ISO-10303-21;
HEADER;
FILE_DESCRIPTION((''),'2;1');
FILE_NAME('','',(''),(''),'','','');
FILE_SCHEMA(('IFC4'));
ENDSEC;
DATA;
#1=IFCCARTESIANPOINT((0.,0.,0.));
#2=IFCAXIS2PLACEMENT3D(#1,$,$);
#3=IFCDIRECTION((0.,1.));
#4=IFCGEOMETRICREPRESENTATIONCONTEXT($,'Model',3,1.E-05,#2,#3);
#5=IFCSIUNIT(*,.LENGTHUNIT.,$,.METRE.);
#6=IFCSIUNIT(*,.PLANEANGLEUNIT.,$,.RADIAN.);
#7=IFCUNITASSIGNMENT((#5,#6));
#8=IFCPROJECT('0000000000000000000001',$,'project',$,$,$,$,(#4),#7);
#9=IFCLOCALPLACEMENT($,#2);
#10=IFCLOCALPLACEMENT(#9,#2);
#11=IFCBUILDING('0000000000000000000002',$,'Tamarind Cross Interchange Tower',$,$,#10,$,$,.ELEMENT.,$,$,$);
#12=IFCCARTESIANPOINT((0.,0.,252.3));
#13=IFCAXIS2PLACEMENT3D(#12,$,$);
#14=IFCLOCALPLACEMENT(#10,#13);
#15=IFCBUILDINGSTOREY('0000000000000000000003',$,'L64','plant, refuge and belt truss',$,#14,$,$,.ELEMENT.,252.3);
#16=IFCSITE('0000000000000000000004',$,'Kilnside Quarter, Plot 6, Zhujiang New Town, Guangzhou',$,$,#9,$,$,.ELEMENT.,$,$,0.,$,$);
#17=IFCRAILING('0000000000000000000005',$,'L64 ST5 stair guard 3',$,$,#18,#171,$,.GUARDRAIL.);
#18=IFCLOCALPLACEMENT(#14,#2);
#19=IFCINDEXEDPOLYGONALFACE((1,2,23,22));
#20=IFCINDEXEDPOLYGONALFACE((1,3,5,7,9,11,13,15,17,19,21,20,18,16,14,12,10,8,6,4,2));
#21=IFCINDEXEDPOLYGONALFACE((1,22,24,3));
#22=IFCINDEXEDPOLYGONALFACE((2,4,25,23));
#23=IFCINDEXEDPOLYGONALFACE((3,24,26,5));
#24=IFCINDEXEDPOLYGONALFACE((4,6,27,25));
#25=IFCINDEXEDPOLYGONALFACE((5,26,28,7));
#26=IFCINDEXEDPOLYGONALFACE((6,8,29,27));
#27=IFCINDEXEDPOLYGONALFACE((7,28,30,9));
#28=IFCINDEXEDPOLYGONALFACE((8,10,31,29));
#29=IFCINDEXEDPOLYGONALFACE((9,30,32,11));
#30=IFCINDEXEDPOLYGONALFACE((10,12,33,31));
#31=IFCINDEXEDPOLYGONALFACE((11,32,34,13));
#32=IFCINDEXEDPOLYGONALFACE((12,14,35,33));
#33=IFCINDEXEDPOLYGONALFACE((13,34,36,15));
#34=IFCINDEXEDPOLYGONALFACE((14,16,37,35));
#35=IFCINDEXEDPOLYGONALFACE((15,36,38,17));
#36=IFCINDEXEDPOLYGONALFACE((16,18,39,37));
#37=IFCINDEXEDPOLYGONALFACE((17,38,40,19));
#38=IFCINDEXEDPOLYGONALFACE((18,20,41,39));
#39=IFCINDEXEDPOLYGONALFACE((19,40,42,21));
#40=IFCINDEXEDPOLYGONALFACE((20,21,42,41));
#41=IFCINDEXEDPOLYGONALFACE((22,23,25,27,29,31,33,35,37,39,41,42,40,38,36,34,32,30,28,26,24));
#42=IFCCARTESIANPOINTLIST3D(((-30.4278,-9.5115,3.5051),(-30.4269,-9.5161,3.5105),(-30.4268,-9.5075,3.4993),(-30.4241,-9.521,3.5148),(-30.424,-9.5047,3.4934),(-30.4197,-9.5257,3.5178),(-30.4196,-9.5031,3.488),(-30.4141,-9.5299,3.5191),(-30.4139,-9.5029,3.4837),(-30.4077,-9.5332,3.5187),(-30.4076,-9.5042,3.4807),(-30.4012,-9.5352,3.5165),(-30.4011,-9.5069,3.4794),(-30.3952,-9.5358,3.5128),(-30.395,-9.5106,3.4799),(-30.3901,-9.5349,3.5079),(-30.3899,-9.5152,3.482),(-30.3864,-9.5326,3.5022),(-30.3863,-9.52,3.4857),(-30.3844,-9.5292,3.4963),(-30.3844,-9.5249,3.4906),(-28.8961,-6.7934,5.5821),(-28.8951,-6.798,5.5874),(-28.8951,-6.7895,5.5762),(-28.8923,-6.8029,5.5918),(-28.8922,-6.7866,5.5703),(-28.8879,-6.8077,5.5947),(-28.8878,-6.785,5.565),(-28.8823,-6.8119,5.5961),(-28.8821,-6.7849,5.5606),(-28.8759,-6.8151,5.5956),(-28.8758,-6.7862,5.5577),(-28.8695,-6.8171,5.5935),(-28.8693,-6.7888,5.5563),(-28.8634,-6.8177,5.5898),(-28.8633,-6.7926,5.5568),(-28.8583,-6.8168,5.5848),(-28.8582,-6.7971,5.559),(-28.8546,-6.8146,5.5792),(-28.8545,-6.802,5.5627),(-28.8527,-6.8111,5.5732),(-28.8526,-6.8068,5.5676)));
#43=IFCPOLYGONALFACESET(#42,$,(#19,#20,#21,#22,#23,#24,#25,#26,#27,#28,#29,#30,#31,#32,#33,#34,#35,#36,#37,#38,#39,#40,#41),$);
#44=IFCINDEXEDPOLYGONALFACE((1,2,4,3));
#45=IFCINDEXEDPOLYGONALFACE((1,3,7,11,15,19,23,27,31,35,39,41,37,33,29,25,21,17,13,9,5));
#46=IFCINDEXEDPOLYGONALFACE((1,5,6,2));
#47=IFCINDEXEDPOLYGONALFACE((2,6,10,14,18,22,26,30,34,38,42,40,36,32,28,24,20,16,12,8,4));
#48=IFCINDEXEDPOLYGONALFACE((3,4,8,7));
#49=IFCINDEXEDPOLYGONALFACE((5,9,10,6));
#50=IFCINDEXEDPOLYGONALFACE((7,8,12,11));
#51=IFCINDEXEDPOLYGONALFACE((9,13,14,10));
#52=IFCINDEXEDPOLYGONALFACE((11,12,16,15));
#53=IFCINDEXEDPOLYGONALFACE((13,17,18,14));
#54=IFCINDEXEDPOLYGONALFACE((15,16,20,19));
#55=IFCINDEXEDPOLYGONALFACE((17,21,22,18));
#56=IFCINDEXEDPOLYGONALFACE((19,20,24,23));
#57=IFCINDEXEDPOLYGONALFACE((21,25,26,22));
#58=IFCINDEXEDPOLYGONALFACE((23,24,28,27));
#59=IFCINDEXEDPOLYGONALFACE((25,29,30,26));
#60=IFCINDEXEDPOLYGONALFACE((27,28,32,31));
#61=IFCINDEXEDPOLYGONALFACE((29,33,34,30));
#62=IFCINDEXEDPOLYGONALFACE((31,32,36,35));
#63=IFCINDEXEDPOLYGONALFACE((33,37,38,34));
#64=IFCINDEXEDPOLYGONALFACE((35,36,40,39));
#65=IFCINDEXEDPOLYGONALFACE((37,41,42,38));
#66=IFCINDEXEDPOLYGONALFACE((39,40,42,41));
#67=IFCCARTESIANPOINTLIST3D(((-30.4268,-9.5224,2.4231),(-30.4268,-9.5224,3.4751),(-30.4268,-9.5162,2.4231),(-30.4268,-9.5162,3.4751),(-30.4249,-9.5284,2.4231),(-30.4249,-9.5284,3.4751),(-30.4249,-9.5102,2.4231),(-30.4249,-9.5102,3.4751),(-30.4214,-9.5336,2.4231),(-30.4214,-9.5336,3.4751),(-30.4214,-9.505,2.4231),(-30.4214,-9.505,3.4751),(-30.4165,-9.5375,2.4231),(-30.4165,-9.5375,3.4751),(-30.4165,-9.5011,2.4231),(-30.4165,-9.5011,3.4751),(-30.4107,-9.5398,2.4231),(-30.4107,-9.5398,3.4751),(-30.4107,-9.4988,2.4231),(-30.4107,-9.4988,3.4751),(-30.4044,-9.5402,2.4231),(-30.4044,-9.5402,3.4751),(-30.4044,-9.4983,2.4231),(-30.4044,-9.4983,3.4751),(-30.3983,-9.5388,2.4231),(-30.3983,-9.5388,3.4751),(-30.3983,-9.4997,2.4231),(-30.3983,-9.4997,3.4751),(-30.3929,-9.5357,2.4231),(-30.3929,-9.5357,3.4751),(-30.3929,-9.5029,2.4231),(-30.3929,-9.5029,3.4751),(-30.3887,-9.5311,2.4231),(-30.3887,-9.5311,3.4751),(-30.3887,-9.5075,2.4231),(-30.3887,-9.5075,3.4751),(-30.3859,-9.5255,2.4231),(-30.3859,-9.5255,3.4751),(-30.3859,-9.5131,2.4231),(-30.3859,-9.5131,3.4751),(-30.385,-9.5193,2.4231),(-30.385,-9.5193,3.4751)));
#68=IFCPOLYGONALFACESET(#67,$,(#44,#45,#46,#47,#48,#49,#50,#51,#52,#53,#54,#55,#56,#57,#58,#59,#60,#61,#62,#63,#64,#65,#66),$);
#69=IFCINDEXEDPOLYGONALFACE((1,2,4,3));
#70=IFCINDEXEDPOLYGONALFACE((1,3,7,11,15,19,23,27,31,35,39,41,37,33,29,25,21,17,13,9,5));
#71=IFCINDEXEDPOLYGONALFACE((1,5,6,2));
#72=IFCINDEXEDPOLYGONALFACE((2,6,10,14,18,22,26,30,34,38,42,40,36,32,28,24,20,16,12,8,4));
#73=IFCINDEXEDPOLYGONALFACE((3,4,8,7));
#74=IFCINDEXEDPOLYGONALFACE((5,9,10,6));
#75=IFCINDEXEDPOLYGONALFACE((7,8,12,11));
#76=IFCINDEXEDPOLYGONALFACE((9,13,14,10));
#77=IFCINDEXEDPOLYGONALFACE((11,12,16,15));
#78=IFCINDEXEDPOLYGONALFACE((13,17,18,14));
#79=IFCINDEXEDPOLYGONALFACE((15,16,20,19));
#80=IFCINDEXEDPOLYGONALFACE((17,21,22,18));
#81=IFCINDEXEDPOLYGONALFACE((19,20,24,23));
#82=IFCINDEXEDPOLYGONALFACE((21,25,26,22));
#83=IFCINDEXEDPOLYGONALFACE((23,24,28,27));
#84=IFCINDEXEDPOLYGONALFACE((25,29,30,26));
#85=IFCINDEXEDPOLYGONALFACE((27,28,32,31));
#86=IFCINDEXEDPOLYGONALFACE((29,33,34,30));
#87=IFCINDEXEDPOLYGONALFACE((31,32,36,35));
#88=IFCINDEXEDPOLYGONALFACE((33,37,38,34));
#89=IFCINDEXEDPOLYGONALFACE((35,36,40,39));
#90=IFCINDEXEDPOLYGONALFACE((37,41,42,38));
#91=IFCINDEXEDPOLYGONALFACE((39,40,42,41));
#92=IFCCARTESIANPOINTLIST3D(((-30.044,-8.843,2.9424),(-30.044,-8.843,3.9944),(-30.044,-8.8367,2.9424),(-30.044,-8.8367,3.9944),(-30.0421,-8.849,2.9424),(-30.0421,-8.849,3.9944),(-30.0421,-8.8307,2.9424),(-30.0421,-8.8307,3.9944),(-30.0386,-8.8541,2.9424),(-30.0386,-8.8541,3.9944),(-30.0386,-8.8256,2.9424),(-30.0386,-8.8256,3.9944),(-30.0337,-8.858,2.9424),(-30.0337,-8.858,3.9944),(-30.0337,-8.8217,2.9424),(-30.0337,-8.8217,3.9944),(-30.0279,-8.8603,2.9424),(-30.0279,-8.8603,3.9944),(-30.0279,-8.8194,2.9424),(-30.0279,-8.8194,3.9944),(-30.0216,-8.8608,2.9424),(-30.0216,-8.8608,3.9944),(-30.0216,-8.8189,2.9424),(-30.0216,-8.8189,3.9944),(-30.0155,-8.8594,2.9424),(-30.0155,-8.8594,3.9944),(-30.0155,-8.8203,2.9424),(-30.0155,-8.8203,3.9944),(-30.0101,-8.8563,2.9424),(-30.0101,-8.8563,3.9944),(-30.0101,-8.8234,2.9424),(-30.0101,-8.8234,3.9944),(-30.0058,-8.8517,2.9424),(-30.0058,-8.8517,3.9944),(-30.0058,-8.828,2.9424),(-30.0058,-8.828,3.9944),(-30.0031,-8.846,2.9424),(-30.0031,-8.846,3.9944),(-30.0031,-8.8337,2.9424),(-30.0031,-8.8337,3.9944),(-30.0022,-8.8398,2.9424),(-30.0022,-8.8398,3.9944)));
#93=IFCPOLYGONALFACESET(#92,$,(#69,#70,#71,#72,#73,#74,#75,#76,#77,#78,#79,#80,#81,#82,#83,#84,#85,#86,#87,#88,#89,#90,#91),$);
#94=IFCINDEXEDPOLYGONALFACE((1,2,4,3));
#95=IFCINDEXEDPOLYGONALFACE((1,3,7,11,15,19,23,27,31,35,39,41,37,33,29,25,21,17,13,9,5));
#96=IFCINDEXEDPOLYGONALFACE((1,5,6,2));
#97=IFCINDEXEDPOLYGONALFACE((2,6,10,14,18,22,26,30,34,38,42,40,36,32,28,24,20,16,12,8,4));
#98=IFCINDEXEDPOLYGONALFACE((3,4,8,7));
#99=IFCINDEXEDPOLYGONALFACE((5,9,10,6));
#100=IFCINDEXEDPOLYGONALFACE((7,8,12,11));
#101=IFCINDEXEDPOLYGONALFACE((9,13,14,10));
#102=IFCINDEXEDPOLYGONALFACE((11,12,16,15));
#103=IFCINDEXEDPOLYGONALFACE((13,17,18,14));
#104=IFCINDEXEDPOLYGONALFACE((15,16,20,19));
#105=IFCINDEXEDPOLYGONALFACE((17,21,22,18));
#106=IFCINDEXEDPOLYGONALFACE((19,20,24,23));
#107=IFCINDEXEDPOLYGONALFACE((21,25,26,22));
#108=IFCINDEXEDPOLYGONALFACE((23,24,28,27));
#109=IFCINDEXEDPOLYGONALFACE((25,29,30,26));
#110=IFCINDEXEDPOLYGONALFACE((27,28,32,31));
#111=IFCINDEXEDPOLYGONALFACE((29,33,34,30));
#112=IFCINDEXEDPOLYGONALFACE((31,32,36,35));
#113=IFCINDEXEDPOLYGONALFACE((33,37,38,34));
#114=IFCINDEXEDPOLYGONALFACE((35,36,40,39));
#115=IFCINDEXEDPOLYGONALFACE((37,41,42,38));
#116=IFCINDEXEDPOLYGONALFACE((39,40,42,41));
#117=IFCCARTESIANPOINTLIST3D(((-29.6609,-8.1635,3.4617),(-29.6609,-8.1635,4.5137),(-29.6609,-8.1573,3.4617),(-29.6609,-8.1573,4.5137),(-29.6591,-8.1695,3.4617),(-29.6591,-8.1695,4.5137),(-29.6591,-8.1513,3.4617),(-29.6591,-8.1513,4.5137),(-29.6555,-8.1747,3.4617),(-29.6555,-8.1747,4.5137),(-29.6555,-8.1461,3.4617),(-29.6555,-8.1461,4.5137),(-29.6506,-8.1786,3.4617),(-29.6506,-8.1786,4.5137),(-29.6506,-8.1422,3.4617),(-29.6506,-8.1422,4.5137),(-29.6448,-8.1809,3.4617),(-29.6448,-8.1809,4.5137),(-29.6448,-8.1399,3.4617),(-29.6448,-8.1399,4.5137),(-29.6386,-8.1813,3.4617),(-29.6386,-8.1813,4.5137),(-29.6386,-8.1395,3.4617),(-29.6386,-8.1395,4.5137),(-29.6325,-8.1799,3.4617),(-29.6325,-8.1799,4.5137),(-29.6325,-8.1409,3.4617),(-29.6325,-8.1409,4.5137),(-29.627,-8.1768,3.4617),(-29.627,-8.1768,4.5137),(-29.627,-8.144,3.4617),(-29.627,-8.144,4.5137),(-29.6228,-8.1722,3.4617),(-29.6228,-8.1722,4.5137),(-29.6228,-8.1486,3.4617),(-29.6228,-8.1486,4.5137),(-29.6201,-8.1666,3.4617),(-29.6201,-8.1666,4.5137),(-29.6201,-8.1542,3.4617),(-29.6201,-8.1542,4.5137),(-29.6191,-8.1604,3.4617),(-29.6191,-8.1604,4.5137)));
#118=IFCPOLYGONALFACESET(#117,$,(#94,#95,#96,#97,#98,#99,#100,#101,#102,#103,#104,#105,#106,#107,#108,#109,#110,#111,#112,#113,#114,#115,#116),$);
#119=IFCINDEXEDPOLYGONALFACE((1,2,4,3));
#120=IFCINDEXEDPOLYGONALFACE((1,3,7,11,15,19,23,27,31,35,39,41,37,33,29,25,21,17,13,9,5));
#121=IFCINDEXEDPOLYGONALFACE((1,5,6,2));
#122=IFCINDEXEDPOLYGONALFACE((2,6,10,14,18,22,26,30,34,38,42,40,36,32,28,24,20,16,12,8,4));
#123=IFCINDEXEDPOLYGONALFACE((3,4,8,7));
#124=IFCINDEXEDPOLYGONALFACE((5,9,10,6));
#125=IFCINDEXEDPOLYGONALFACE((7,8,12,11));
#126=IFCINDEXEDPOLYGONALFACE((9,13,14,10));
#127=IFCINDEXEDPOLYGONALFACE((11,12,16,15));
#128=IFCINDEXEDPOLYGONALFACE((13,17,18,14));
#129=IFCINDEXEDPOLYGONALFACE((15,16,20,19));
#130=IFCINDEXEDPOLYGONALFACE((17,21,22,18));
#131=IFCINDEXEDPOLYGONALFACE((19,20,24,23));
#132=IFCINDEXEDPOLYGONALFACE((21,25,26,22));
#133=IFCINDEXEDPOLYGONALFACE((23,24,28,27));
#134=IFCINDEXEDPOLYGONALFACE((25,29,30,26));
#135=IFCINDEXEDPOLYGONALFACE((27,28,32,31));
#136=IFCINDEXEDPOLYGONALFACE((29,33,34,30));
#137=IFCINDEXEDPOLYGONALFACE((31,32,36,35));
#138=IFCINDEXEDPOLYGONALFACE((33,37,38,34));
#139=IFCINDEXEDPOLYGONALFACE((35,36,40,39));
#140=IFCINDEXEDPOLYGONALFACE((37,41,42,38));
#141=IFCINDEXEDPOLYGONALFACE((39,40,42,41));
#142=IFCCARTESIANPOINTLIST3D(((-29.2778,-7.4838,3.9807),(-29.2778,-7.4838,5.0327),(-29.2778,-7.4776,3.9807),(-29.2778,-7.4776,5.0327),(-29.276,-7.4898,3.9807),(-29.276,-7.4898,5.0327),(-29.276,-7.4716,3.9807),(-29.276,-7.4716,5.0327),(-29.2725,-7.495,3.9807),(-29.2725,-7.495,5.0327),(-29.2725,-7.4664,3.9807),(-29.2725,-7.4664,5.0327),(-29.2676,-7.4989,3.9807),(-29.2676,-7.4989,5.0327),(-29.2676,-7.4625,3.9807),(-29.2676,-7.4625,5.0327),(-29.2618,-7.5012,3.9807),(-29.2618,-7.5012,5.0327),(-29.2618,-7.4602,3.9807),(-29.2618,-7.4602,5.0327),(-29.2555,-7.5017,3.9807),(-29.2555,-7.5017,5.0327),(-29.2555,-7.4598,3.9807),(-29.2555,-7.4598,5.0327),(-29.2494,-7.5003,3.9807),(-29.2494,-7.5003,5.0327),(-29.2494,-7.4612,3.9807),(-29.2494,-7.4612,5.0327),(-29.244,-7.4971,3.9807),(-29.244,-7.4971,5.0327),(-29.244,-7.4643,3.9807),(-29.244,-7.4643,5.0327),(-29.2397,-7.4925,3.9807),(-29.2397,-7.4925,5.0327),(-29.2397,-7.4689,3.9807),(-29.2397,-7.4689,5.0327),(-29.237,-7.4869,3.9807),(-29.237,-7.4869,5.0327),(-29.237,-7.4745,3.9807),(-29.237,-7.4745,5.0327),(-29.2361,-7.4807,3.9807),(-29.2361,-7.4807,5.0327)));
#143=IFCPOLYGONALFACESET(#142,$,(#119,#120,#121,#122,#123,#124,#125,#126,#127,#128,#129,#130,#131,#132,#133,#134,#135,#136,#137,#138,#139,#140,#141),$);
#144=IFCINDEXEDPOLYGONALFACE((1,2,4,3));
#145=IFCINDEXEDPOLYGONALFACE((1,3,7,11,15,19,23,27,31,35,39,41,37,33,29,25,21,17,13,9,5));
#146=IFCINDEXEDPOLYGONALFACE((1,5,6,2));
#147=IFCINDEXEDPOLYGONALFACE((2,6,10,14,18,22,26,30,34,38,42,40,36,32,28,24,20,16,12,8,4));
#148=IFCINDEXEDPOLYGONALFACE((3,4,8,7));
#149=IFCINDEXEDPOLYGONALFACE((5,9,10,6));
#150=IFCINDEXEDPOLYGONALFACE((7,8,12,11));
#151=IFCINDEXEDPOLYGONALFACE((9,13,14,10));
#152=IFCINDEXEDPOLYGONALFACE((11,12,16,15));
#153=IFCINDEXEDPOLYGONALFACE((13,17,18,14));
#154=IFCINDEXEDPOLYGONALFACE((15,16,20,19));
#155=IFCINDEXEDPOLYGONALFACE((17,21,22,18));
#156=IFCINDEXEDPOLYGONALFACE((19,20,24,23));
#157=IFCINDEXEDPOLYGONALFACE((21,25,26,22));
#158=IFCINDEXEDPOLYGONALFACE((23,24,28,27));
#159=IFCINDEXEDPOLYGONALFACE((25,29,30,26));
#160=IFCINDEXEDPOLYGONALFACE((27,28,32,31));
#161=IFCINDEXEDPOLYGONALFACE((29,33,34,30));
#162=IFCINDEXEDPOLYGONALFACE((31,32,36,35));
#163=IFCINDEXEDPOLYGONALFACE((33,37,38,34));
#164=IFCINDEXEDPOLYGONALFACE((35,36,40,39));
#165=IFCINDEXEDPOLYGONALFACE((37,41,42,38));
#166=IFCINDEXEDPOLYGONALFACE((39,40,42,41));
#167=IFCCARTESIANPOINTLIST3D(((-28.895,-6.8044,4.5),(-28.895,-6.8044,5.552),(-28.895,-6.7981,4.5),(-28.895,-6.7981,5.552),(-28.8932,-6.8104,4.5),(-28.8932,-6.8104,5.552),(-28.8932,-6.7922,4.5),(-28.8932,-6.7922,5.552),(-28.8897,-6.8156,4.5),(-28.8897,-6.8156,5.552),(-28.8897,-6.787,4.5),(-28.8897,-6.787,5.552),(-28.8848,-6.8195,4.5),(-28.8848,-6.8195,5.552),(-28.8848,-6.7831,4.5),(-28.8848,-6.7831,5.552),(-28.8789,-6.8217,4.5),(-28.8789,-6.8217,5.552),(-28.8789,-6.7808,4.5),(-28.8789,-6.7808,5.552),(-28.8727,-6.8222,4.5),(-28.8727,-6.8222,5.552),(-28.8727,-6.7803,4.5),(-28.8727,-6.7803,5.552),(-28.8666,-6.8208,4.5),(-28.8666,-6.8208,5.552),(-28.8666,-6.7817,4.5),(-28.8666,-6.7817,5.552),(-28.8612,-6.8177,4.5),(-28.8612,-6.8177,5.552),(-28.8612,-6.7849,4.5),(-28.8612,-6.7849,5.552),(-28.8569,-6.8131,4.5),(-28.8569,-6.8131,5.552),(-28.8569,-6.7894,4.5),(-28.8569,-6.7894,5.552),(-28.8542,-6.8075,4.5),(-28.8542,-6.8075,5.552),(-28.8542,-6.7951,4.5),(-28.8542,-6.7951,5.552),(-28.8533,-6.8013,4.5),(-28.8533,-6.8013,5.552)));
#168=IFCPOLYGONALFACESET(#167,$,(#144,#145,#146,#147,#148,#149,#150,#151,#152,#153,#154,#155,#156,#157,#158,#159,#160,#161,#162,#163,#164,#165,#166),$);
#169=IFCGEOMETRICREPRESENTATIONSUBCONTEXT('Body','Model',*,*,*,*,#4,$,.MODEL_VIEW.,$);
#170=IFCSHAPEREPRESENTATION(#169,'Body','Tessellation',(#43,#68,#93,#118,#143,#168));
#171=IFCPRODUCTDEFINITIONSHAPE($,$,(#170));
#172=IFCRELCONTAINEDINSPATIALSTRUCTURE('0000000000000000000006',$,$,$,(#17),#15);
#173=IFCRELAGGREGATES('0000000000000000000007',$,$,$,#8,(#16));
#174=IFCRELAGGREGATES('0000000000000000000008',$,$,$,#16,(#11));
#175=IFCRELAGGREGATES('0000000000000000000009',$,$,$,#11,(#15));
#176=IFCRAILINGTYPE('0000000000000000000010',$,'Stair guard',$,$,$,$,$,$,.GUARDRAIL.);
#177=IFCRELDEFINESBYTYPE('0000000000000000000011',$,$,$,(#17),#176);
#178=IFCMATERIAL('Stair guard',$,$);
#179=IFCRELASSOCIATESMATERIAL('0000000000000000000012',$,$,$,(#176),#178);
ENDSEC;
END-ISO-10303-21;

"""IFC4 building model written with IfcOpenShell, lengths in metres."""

from ifc_helpers import new_model, si_unit, direction, frame, origin, origin_2d, place, context, subcontext, project, spatial, circle, extrude, material, type_object, element, save


model = new_model("IFC4")

# Units and contexts
model_context = context("Model", 3, precision=1e-05, world=origin(), true_north=direction((0.0, 1.0)))
body_context = subcontext(model_context, "Body", "Model", "MODEL_VIEW")
ifc_project = project(units=[si_unit("LENGTHUNIT", "METRE"), si_unit("PLANEANGLEUNIT", "RADIAN")], contexts=[model_context])

# Site, building, storey
site_placement = place(None, origin())
site = spatial("IfcSite", under=ifc_project, at=site_placement, Name="Kilnside Quarter, Plot 6, Zhujiang New Town, Guangzhou", CompositionType="ELEMENT", RefElevation=0.0)
building_placement = place(site_placement, origin())
building = spatial("IfcBuilding", under=site, at=building_placement, Name="Tamarind Cross Interchange Tower", CompositionType="ELEMENT")
storey_placement = place(building_placement, frame((0.0, 0.0, 252.3)))
storey = spatial("IfcBuildingStorey", under=building, at=storey_placement, Name="L64", Description="plant, refuge and belt truss", CompositionType="ELEMENT", Elevation=252.3)

# Railing
ifc_material_1 = material(Name="Stair guard")
railing_type_1 = type_object("IfcRailingType", Name="Stair guard", PredefinedType="GUARDRAIL", material=ifc_material_1)
railing_1_placement = place(storey_placement, frame((-30.406, -9.5193, 2.4231)))
element("IfcRailing", 1, at=railing_1_placement, inside=storey, type_object=railing_type_1, Name="L64 ST5 stair guard 3", PredefinedType="GUARDRAIL", context=body_context, shape_type="SweptSolid", body=[
    extrude(circle(Radius=0.0239, at=origin_2d()), frame((0.0, 0.0, 1.0762), z_axis=(0.408683, 0.725195, 0.554139), x_axis=(-0.871184, 0.490956, 0.0)), (0.0, 0.0, 1.0), 3.748),
    extrude(circle(Radius=0.021, at=origin_2d()), origin(), (0.0, 0.0, 1.0), 1.052),
    extrude(circle(Radius=0.021, at=origin_2d()), frame((0.3828, 0.6794, 0.5193)), (0.0, 0.0, 1.0), 1.052),
    extrude(circle(Radius=0.021, at=origin_2d()), frame((0.7659, 1.3589, 1.0386)), (0.0, 0.0, 1.0), 1.052),
    extrude(circle(Radius=0.021, at=origin_2d()), frame((1.1489, 2.0386, 1.5576)), (0.0, 0.0, 1.0), 1.052),
    extrude(circle(Radius=0.021, at=origin_2d()), frame((1.5317, 2.718, 2.0769)), (0.0, 0.0, 1.0), 1.052),
])

save(model, "model.ifc")
